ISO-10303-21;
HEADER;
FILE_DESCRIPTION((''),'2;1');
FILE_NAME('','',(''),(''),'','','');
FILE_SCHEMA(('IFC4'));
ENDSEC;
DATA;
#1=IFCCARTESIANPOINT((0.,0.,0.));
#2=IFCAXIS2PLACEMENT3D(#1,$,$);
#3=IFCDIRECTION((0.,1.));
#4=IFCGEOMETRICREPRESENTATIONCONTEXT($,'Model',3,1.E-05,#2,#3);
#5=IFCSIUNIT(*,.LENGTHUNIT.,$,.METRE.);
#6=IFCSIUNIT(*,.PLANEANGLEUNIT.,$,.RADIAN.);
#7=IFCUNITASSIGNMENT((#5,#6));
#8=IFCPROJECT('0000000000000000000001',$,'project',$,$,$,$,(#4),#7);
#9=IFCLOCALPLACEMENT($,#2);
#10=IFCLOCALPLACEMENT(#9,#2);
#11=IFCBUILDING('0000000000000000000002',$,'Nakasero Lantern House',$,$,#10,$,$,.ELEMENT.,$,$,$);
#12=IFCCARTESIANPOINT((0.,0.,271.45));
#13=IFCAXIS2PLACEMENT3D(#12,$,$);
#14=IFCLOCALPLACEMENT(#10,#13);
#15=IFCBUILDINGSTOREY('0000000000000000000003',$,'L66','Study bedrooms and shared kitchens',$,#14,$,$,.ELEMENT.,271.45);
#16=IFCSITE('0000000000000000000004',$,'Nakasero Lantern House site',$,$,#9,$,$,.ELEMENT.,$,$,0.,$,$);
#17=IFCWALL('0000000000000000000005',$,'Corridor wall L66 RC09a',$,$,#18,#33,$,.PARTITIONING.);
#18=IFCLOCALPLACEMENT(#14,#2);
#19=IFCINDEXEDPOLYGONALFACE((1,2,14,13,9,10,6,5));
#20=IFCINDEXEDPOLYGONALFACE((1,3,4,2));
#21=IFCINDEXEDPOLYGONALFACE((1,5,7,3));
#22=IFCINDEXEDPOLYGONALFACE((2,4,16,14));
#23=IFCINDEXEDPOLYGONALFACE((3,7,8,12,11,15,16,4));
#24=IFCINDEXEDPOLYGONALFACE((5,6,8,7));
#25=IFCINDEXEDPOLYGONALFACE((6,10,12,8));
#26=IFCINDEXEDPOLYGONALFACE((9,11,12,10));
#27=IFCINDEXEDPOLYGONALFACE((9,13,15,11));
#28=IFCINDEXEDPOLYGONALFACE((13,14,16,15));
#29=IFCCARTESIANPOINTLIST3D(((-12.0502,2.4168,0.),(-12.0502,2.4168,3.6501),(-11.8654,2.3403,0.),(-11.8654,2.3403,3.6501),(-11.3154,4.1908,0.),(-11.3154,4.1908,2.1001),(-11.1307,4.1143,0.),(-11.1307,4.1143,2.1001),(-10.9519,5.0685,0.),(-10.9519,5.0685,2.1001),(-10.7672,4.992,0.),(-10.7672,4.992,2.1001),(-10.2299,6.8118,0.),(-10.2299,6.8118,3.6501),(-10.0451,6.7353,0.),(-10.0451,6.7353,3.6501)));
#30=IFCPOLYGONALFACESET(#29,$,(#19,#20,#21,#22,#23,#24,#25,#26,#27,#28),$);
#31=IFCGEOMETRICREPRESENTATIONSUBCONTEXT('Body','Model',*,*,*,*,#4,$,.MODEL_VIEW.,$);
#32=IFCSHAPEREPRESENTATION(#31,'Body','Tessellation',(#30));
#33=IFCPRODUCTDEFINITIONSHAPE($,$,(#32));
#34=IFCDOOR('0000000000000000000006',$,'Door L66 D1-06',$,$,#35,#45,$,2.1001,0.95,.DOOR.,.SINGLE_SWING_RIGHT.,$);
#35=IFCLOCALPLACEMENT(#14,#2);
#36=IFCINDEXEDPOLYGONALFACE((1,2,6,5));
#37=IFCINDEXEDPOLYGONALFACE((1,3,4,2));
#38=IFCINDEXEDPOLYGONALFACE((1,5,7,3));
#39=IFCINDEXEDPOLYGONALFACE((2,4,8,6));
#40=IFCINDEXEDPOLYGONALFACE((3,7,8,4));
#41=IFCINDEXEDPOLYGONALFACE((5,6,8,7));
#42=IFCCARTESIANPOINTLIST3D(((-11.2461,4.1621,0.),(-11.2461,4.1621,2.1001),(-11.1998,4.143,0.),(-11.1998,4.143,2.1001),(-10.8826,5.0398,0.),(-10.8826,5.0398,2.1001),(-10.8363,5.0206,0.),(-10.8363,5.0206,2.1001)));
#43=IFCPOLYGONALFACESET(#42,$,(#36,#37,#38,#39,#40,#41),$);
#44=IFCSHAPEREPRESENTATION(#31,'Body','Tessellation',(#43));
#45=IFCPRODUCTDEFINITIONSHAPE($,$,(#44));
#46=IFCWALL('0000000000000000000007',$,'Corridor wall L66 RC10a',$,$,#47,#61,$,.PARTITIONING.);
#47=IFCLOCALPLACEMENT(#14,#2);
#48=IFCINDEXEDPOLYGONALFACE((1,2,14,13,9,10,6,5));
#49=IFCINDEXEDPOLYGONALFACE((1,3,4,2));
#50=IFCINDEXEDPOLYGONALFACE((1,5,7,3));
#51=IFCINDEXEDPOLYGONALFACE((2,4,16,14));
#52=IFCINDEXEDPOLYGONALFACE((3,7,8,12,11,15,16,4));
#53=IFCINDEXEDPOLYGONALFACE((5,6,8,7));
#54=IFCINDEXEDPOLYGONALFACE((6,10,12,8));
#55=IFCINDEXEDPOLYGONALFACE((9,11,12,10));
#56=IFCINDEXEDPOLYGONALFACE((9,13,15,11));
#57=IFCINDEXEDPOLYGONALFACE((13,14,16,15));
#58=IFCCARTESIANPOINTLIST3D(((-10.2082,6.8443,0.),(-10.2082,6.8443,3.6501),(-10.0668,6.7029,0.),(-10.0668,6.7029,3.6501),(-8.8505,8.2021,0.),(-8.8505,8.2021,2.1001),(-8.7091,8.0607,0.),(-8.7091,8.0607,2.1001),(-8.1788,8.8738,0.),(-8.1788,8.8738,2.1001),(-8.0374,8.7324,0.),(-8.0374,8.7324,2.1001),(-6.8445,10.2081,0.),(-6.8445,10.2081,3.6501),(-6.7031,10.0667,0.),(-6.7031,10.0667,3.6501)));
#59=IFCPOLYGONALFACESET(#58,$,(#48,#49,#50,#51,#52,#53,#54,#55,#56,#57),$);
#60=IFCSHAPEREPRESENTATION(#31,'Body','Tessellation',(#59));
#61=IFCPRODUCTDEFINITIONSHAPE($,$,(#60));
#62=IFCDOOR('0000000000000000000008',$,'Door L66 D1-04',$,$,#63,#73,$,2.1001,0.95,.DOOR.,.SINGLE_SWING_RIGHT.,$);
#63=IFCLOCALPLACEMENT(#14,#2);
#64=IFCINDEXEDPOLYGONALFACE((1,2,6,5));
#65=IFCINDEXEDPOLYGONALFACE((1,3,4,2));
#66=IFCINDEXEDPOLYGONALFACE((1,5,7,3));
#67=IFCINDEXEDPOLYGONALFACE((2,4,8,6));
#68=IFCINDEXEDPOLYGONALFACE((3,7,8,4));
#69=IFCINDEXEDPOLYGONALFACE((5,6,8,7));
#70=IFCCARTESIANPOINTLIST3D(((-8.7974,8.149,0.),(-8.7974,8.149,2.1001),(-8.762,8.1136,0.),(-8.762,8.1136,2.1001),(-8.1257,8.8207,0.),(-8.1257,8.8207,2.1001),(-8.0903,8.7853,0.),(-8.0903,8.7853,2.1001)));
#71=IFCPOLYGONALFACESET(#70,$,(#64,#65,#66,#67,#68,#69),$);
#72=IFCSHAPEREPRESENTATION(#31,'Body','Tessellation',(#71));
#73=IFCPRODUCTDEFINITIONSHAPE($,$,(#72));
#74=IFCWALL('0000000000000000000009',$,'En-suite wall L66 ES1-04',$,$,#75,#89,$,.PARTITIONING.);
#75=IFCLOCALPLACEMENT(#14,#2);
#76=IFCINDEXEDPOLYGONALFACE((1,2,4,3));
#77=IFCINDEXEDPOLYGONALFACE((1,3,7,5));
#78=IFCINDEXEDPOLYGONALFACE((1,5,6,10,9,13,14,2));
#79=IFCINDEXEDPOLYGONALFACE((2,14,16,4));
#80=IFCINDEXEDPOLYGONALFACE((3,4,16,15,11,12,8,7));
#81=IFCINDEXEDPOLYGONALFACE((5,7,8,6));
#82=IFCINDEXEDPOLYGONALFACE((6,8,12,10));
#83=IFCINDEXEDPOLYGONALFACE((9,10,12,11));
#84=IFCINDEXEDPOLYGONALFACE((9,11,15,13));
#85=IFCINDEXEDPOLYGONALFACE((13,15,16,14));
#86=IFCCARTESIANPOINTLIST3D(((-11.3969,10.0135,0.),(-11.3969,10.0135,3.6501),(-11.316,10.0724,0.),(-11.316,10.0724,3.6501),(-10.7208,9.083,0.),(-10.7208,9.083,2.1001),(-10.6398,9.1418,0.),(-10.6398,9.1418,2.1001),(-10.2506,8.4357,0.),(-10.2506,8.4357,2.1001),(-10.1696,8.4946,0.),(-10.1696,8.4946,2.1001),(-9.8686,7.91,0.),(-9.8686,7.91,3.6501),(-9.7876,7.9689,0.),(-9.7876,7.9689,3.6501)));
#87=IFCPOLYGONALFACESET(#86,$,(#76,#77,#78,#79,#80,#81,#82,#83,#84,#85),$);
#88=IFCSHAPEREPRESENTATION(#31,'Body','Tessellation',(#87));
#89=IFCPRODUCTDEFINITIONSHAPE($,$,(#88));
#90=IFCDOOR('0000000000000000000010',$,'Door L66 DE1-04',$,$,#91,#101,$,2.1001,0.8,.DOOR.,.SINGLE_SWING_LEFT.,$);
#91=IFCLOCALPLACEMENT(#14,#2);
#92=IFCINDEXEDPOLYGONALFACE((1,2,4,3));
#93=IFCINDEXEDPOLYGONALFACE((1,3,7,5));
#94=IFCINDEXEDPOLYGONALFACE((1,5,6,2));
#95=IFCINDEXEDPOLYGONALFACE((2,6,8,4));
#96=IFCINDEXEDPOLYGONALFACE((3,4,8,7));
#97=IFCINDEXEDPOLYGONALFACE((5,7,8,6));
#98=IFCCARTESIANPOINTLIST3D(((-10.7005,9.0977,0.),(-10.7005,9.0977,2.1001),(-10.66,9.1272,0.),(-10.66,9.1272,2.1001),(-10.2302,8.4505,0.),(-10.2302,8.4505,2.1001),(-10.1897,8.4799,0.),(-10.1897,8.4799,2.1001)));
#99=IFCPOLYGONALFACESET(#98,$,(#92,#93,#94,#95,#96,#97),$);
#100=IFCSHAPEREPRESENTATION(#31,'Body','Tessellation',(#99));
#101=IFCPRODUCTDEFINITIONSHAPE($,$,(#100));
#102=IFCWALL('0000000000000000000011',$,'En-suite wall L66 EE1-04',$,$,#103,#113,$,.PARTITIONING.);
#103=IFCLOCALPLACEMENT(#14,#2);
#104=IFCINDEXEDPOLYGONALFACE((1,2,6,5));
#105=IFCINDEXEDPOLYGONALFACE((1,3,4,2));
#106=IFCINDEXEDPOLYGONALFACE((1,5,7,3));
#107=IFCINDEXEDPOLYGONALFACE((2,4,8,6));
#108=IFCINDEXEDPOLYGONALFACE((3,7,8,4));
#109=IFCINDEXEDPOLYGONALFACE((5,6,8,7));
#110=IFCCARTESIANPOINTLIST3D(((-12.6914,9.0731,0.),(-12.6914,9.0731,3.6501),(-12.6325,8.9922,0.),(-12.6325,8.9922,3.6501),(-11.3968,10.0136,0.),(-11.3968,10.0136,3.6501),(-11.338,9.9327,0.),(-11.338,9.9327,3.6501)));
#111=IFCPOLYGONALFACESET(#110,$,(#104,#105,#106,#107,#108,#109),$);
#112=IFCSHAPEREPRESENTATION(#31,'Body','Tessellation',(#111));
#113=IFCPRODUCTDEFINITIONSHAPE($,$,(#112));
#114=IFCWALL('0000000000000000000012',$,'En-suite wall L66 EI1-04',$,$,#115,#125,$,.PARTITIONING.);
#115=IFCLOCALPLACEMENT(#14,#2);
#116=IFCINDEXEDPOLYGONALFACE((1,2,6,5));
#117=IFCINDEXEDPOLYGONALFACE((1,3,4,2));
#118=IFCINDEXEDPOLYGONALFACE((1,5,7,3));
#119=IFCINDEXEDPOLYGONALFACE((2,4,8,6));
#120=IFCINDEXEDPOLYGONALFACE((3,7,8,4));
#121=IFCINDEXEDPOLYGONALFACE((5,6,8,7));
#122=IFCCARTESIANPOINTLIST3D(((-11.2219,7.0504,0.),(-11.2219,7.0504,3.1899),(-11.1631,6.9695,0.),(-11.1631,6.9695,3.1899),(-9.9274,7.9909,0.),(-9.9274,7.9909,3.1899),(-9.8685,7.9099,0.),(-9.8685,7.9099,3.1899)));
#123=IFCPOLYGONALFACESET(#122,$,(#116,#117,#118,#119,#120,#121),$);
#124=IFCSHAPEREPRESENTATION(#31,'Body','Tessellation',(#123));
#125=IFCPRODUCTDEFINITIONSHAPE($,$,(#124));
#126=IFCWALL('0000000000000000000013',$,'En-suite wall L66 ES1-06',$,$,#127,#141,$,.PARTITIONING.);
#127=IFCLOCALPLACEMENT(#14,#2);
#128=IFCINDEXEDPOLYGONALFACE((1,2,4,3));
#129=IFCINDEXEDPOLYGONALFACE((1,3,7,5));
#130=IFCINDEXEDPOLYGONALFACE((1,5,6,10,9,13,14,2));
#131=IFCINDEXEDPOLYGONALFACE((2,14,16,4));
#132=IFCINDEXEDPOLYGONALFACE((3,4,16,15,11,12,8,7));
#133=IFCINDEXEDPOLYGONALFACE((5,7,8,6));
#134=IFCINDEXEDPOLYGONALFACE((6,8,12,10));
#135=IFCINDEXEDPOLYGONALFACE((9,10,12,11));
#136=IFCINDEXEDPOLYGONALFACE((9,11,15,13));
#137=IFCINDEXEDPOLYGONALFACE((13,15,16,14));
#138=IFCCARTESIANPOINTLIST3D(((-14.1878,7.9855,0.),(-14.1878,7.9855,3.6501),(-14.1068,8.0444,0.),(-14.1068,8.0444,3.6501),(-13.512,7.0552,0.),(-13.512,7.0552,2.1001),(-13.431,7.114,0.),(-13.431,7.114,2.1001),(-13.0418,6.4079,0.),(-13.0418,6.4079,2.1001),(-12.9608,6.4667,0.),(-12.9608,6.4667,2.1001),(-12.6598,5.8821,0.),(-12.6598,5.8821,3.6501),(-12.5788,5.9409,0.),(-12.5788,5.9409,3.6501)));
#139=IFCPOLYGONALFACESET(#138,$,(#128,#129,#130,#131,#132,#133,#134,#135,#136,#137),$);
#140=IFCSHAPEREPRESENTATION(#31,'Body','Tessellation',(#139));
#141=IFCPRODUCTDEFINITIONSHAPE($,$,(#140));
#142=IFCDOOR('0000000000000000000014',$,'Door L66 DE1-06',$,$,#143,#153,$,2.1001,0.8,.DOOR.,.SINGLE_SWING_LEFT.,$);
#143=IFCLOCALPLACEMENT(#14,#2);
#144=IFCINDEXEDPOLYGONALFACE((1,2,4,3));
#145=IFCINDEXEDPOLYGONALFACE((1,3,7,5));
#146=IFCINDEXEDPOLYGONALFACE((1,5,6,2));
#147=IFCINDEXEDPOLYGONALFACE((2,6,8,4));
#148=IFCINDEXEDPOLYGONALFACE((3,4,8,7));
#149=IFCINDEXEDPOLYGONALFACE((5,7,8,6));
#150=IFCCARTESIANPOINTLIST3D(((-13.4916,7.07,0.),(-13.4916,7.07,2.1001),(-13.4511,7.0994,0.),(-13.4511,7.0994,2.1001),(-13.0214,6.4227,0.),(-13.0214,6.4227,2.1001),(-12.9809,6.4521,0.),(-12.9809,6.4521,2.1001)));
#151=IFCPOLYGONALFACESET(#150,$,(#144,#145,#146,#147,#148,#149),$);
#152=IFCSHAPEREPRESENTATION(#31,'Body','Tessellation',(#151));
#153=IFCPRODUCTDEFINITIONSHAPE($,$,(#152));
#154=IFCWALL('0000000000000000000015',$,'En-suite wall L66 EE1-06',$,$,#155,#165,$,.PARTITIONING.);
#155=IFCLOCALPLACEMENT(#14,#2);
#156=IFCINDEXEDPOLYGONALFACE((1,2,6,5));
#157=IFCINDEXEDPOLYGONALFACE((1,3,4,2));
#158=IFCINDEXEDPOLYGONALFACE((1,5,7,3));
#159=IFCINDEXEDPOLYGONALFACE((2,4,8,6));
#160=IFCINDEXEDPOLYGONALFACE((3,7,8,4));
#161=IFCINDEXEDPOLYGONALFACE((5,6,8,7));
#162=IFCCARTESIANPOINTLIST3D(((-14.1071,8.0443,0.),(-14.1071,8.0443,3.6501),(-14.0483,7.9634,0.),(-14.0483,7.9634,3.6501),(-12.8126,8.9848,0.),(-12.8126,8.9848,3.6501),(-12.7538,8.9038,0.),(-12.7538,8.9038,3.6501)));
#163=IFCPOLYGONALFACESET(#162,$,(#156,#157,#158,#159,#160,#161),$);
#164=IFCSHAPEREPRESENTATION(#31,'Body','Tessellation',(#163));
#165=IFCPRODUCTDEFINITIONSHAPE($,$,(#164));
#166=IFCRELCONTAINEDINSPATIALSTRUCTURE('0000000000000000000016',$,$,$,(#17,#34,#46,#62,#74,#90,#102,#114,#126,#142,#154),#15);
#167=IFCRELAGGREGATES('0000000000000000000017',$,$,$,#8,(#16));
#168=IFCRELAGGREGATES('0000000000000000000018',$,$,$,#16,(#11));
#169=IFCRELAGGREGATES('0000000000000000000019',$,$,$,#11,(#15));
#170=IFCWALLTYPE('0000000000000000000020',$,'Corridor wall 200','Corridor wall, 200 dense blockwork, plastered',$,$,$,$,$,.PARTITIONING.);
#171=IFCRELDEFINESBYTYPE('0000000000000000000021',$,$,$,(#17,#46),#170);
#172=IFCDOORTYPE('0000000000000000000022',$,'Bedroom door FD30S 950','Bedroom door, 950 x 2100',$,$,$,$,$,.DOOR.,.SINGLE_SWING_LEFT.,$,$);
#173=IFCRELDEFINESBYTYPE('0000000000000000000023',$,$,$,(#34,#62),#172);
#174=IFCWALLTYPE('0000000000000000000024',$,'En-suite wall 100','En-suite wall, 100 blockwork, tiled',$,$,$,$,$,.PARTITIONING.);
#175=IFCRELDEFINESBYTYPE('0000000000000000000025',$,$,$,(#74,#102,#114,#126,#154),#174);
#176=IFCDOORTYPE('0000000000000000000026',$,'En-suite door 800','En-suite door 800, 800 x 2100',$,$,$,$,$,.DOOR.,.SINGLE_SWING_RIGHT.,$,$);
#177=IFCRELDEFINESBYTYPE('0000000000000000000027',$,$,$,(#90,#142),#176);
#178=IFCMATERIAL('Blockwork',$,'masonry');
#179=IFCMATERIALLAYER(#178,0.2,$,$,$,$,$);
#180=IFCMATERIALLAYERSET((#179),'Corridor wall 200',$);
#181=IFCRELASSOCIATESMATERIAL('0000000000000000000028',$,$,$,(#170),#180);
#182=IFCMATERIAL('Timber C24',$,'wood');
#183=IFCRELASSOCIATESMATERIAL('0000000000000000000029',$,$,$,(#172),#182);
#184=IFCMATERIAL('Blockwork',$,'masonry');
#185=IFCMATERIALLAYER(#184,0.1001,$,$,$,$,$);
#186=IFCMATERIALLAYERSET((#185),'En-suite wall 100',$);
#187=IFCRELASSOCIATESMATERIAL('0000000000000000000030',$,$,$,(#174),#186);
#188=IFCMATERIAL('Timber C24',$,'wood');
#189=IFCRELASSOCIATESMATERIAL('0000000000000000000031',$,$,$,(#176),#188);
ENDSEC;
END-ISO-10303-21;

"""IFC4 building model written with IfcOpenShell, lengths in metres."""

from ifc_helpers import new_model, si_unit, direction, frame, frame_2d, origin, place, context, subcontext, project, spatial, rectangle, extrude, material, layer, layer_set, type_object, element, fill, save


model = new_model("IFC4")

# Units and contexts
model_context = context("Model", 3, precision=1e-05, world=origin(), true_north=direction((0.0, 1.0)))
body_context = subcontext(model_context, "Body", "Model", "MODEL_VIEW")
ifc_project = project(units=[si_unit("LENGTHUNIT", "METRE"), si_unit("PLANEANGLEUNIT", "RADIAN")], contexts=[model_context])

# Site, building, storey
site_placement = place(None, origin())
site = spatial("IfcSite", under=ifc_project, at=site_placement, Name="Nakasero Lantern House site", CompositionType="ELEMENT", RefElevation=0.0)
building_placement = place(site_placement, origin())
building = spatial("IfcBuilding", under=site, at=building_placement, Name="Nakasero Lantern House", CompositionType="ELEMENT")
storey_placement = place(building_placement, frame((0.0, 0.0, 271.45)))
storey = spatial("IfcBuildingStorey", under=building, at=storey_placement, Name="L66", Description="Study bedrooms and shared kitchens", CompositionType="ELEMENT", Elevation=271.45)

# Walls, openings, doors
ifc_material_1 = material(Name="Blockwork", Category="masonry")
ifc_layer_1 = layer(ifc_material_1, 0.2)
ifc_layer_set_1 = layer_set([ifc_layer_1], Name="Corridor wall 200")
wall_type_1 = type_object("IfcWallType", Name="Corridor wall 200", Description="Corridor wall, 200 dense blockwork, plastered", PredefinedType="PARTITIONING", material=ifc_layer_set_1)
wall_1_placement = place(storey_placement, frame((-11.9578, 2.3787, 0.0), z_axis=(0.0, 0.0, 1.0), x_axis=(0.382654, 0.923892, 0.0)))
wall_1 = element("IfcWall", 1, at=wall_1_placement, inside=storey, type_object=wall_type_1, Name="Corridor wall L66 RC09a", PredefinedType="PARTITIONING", context=body_context, shape_type="SweptSolid", body=[
    extrude(rectangle(XDim=4.7571, YDim=0.2, at=frame_2d((2.3784, 0.0))), origin(), (0.0, 0.0, 1.0), 3.6501),
])
opening_1_placement = place(wall_1_placement, frame((1.9199, 0.0, 0.0)))
opening_1 = element("IfcOpeningElement", 2, at=opening_1_placement, cuts=wall_1, PredefinedType="OPENING", context=body_context, shape_type="SweptSolid", body=[
    extrude(rectangle(XDim=0.95, YDim=2.1001, at=frame_2d((0.4751, 1.05))), frame((0.0, 0.1199, 0.0), z_axis=(0.0, -1.0, 0.0), x_axis=(1.0, 0.0, 0.0)), (0.0, 0.0, 1.0), 0.24),
])
ifc_material_2 = material(Name="Timber C24", Category="wood")
door_type_1 = type_object("IfcDoorType", Name="Bedroom door FD30S 950", Description="Bedroom door, 950 x 2100", OperationType="SINGLE_SWING_LEFT", PredefinedType="DOOR", material=ifc_material_2)
door_1_placement = place(opening_1_placement, origin())
door_1 = element("IfcDoor", 3, at=door_1_placement, inside=storey, type_object=door_type_1, Name="Door L66 D1-06", OperationType="SINGLE_SWING_RIGHT", OverallHeight=2.1001, OverallWidth=0.95, PredefinedType="DOOR", context=body_context, shape_type="SweptSolid", body=[
    extrude(rectangle(XDim=0.95, YDim=2.1001, at=frame_2d((0.4751, 1.05))), frame((0.0, 0.0249, 0.0), z_axis=(0.0, -1.0, 0.0), x_axis=(1.0, 0.0, 0.0)), (0.0, 0.0, 1.0), 0.05),
])
fill(opening_1, door_1)
wall_2_placement = place(storey_placement, frame((-10.1375, 6.7737, 0.0), z_axis=(0.0, 0.0, 1.0), x_axis=(0.707107, 0.707107, 0.0)))
wall_2 = element("IfcWall", 4, at=wall_2_placement, inside=storey, type_object=wall_type_1, Name="Corridor wall L66 RC10a", PredefinedType="PARTITIONING", context=body_context, shape_type="SweptSolid", body=[
    extrude(rectangle(XDim=4.7571, YDim=0.2, at=frame_2d((2.3784, 0.0))), origin(), (0.0, 0.0, 1.0), 3.6501),
])
opening_2_placement = place(wall_2_placement, frame((1.9199, 0.0, 0.0)))
opening_2 = element("IfcOpeningElement", 5, at=opening_2_placement, cuts=wall_2, PredefinedType="OPENING", context=body_context, shape_type="SweptSolid", body=[
    extrude(rectangle(XDim=0.95, YDim=2.1001, at=frame_2d((0.4751, 1.05))), frame((0.0, 0.1199, 0.0), z_axis=(0.0, -1.0, 0.0), x_axis=(1.0, 0.0, 0.0)), (0.0, 0.0, 1.0), 0.24),
])
door_2_placement = place(opening_2_placement, origin())
door_2 = element("IfcDoor", 6, at=door_2_placement, inside=storey, type_object=door_type_1, Name="Door L66 D1-04", OperationType="SINGLE_SWING_RIGHT", OverallHeight=2.1001, OverallWidth=0.95, PredefinedType="DOOR", context=body_context, shape_type="SweptSolid", body=[
    extrude(rectangle(XDim=0.95, YDim=2.1001, at=frame_2d((0.4751, 1.05))), frame((0.0, 0.0249, 0.0), z_axis=(0.0, -1.0, 0.0), x_axis=(1.0, 0.0, 0.0)), (0.0, 0.0, 1.0), 0.05),
])
fill(opening_2, door_2)
ifc_material_3 = material(Name="Blockwork", Category="masonry")
ifc_layer_2 = layer(ifc_material_3, 0.1001)
ifc_layer_set_2 = layer_set([ifc_layer_2], Name="En-suite wall 100")
wall_type_2 = type_object("IfcWallType", Name="En-suite wall 100", Description="En-suite wall, 100 blockwork, tiled", PredefinedType="PARTITIONING", material=ifc_layer_set_2)
wall_3_placement = place(storey_placement, frame((-9.8281, 7.9395, 0.0), z_axis=(0.0, 0.0, 1.0), x_axis=(-0.587792, 0.809012, 0.0)))
wall_3 = element("IfcWall", 7, at=wall_3_placement, inside=storey, type_object=wall_type_2, Name="En-suite wall L66 ES1-04", PredefinedType="PARTITIONING", context=body_context, shape_type="SweptSolid", body=[
    extrude(rectangle(XDim=2.6001, YDim=0.1001, at=frame_2d((1.3, 0.0))), origin(), (0.0, 0.0, 1.0), 3.6501),
])
opening_3_placement = place(wall_3_placement, frame((0.6499, 0.0, 0.0)))
opening_3 = element("IfcOpeningElement", 8, at=opening_3_placement, cuts=wall_3, PredefinedType="OPENING", context=body_context, shape_type="SweptSolid", body=[
    extrude(rectangle(XDim=0.8, YDim=2.1001, at=frame_2d((0.3999, 1.05))), frame((0.0, 0.0701, 0.0), z_axis=(0.0, -1.0, 0.0), x_axis=(1.0, 0.0, 0.0)), (0.0, 0.0, 1.0), 0.1401),
])
ifc_material_4 = material(Name="Timber C24", Category="wood")
door_type_2 = type_object("IfcDoorType", Name="En-suite door 800", Description="En-suite door 800, 800 x 2100", OperationType="SINGLE_SWING_RIGHT", PredefinedType="DOOR", material=ifc_material_4)
door_3_placement = place(opening_3_placement, origin())
door_3 = element("IfcDoor", 9, at=door_3_placement, inside=storey, type_object=door_type_2, Name="Door L66 DE1-04", OperationType="SINGLE_SWING_LEFT", OverallHeight=2.1001, OverallWidth=0.8, PredefinedType="DOOR", context=body_context, shape_type="SweptSolid", body=[
    extrude(rectangle(XDim=0.8, YDim=2.1001, at=frame_2d((0.3999, 1.05))), frame((0.0, 0.0249, 0.0), z_axis=(0.0, -1.0, 0.0), x_axis=(1.0, 0.0, 0.0)), (0.0, 0.0, 1.0), 0.05),
])
fill(opening_3, door_3)

# Walls
wall_4_placement = place(storey_placement, frame((-11.3674, 9.9731, 0.0), z_axis=(0.0, 0.0, 1.0), x_axis=(-0.809026, -0.587772, 0.0)))
element("IfcWall", 10, at=wall_4_placement, inside=storey, type_object=wall_type_2, Name="En-suite wall L66 EE1-04", PredefinedType="PARTITIONING", context=body_context, shape_type="SweptSolid", body=[
    extrude(rectangle(XDim=1.6001, YDim=0.1001, at=frame_2d((0.8, 0.0))), origin(), (0.0, 0.0, 1.0), 3.6501),
])
wall_5_placement = place(storey_placement, frame((-9.8979, 7.9504, 0.0), z_axis=(0.0, 0.0, 1.0), x_axis=(-0.809026, -0.587772, 0.0)))
element("IfcWall", 11, at=wall_5_placement, inside=storey, type_object=wall_type_2, Name="En-suite wall L66 EI1-04", PredefinedType="PARTITIONING", context=body_context, shape_type="SweptSolid", body=[
    extrude(rectangle(XDim=1.6001, YDim=0.1001, at=frame_2d((0.8, 0.0))), origin(), (0.0, 0.0, 1.0), 3.1899),
])

# Wall, opening, door
wall_6_placement = place(storey_placement, frame((-12.6194, 5.9116, 0.0), z_axis=(0.0, 0.0, 1.0), x_axis=(-0.587731, 0.809057, 0.0)))
wall_6 = element("IfcWall", 12, at=wall_6_placement, inside=storey, type_object=wall_type_2, Name="En-suite wall L66 ES1-06", PredefinedType="PARTITIONING", context=body_context, shape_type="SweptSolid", body=[
    extrude(rectangle(XDim=2.5999, YDim=0.1001, at=frame_2d((1.2998, 0.0))), origin(), (0.0, 0.0, 1.0), 3.6501),
])
opening_4_placement = place(wall_6_placement, frame((0.6499, 0.0, 0.0)))
opening_4 = element("IfcOpeningElement", 13, at=opening_4_placement, cuts=wall_6, PredefinedType="OPENING", context=body_context, shape_type="SweptSolid", body=[
    extrude(rectangle(XDim=0.8, YDim=2.1001, at=frame_2d((0.3999, 1.05))), frame((0.0, 0.0701, 0.0), z_axis=(0.0, -1.0, 0.0), x_axis=(1.0, 0.0, 0.0)), (0.0, 0.0, 1.0), 0.1401),
])
door_4_placement = place(opening_4_placement, origin())
door_4 = element("IfcDoor", 14, at=door_4_placement, inside=storey, type_object=door_type_2, Name="Door L66 DE1-06", OperationType="SINGLE_SWING_LEFT", OverallHeight=2.1001, OverallWidth=0.8, PredefinedType="DOOR", context=body_context, shape_type="SweptSolid", body=[
    extrude(rectangle(XDim=0.8, YDim=2.1001, at=frame_2d((0.3999, 1.05))), frame((0.0, 0.0249, 0.0), z_axis=(0.0, -1.0, 0.0), x_axis=(1.0, 0.0, 0.0)), (0.0, 0.0, 1.0), 0.05),
])
fill(opening_4, door_4)

# Wall
wall_7_placement = place(storey_placement, frame((-12.7832, 8.9443, 0.0), z_axis=(0.0, 0.0, 1.0), x_axis=(-0.809026, -0.587772, 0.0)))
element("IfcWall", 15, at=wall_7_placement, inside=storey, type_object=wall_type_2, Name="En-suite wall L66 EE1-06", PredefinedType="PARTITIONING", context=body_context, shape_type="SweptSolid", body=[
    extrude(rectangle(XDim=1.6001, YDim=0.1001, at=frame_2d((0.8, 0.0))), origin(), (0.0, 0.0, 1.0), 3.6501),
])

save(model, "model.ifc")
